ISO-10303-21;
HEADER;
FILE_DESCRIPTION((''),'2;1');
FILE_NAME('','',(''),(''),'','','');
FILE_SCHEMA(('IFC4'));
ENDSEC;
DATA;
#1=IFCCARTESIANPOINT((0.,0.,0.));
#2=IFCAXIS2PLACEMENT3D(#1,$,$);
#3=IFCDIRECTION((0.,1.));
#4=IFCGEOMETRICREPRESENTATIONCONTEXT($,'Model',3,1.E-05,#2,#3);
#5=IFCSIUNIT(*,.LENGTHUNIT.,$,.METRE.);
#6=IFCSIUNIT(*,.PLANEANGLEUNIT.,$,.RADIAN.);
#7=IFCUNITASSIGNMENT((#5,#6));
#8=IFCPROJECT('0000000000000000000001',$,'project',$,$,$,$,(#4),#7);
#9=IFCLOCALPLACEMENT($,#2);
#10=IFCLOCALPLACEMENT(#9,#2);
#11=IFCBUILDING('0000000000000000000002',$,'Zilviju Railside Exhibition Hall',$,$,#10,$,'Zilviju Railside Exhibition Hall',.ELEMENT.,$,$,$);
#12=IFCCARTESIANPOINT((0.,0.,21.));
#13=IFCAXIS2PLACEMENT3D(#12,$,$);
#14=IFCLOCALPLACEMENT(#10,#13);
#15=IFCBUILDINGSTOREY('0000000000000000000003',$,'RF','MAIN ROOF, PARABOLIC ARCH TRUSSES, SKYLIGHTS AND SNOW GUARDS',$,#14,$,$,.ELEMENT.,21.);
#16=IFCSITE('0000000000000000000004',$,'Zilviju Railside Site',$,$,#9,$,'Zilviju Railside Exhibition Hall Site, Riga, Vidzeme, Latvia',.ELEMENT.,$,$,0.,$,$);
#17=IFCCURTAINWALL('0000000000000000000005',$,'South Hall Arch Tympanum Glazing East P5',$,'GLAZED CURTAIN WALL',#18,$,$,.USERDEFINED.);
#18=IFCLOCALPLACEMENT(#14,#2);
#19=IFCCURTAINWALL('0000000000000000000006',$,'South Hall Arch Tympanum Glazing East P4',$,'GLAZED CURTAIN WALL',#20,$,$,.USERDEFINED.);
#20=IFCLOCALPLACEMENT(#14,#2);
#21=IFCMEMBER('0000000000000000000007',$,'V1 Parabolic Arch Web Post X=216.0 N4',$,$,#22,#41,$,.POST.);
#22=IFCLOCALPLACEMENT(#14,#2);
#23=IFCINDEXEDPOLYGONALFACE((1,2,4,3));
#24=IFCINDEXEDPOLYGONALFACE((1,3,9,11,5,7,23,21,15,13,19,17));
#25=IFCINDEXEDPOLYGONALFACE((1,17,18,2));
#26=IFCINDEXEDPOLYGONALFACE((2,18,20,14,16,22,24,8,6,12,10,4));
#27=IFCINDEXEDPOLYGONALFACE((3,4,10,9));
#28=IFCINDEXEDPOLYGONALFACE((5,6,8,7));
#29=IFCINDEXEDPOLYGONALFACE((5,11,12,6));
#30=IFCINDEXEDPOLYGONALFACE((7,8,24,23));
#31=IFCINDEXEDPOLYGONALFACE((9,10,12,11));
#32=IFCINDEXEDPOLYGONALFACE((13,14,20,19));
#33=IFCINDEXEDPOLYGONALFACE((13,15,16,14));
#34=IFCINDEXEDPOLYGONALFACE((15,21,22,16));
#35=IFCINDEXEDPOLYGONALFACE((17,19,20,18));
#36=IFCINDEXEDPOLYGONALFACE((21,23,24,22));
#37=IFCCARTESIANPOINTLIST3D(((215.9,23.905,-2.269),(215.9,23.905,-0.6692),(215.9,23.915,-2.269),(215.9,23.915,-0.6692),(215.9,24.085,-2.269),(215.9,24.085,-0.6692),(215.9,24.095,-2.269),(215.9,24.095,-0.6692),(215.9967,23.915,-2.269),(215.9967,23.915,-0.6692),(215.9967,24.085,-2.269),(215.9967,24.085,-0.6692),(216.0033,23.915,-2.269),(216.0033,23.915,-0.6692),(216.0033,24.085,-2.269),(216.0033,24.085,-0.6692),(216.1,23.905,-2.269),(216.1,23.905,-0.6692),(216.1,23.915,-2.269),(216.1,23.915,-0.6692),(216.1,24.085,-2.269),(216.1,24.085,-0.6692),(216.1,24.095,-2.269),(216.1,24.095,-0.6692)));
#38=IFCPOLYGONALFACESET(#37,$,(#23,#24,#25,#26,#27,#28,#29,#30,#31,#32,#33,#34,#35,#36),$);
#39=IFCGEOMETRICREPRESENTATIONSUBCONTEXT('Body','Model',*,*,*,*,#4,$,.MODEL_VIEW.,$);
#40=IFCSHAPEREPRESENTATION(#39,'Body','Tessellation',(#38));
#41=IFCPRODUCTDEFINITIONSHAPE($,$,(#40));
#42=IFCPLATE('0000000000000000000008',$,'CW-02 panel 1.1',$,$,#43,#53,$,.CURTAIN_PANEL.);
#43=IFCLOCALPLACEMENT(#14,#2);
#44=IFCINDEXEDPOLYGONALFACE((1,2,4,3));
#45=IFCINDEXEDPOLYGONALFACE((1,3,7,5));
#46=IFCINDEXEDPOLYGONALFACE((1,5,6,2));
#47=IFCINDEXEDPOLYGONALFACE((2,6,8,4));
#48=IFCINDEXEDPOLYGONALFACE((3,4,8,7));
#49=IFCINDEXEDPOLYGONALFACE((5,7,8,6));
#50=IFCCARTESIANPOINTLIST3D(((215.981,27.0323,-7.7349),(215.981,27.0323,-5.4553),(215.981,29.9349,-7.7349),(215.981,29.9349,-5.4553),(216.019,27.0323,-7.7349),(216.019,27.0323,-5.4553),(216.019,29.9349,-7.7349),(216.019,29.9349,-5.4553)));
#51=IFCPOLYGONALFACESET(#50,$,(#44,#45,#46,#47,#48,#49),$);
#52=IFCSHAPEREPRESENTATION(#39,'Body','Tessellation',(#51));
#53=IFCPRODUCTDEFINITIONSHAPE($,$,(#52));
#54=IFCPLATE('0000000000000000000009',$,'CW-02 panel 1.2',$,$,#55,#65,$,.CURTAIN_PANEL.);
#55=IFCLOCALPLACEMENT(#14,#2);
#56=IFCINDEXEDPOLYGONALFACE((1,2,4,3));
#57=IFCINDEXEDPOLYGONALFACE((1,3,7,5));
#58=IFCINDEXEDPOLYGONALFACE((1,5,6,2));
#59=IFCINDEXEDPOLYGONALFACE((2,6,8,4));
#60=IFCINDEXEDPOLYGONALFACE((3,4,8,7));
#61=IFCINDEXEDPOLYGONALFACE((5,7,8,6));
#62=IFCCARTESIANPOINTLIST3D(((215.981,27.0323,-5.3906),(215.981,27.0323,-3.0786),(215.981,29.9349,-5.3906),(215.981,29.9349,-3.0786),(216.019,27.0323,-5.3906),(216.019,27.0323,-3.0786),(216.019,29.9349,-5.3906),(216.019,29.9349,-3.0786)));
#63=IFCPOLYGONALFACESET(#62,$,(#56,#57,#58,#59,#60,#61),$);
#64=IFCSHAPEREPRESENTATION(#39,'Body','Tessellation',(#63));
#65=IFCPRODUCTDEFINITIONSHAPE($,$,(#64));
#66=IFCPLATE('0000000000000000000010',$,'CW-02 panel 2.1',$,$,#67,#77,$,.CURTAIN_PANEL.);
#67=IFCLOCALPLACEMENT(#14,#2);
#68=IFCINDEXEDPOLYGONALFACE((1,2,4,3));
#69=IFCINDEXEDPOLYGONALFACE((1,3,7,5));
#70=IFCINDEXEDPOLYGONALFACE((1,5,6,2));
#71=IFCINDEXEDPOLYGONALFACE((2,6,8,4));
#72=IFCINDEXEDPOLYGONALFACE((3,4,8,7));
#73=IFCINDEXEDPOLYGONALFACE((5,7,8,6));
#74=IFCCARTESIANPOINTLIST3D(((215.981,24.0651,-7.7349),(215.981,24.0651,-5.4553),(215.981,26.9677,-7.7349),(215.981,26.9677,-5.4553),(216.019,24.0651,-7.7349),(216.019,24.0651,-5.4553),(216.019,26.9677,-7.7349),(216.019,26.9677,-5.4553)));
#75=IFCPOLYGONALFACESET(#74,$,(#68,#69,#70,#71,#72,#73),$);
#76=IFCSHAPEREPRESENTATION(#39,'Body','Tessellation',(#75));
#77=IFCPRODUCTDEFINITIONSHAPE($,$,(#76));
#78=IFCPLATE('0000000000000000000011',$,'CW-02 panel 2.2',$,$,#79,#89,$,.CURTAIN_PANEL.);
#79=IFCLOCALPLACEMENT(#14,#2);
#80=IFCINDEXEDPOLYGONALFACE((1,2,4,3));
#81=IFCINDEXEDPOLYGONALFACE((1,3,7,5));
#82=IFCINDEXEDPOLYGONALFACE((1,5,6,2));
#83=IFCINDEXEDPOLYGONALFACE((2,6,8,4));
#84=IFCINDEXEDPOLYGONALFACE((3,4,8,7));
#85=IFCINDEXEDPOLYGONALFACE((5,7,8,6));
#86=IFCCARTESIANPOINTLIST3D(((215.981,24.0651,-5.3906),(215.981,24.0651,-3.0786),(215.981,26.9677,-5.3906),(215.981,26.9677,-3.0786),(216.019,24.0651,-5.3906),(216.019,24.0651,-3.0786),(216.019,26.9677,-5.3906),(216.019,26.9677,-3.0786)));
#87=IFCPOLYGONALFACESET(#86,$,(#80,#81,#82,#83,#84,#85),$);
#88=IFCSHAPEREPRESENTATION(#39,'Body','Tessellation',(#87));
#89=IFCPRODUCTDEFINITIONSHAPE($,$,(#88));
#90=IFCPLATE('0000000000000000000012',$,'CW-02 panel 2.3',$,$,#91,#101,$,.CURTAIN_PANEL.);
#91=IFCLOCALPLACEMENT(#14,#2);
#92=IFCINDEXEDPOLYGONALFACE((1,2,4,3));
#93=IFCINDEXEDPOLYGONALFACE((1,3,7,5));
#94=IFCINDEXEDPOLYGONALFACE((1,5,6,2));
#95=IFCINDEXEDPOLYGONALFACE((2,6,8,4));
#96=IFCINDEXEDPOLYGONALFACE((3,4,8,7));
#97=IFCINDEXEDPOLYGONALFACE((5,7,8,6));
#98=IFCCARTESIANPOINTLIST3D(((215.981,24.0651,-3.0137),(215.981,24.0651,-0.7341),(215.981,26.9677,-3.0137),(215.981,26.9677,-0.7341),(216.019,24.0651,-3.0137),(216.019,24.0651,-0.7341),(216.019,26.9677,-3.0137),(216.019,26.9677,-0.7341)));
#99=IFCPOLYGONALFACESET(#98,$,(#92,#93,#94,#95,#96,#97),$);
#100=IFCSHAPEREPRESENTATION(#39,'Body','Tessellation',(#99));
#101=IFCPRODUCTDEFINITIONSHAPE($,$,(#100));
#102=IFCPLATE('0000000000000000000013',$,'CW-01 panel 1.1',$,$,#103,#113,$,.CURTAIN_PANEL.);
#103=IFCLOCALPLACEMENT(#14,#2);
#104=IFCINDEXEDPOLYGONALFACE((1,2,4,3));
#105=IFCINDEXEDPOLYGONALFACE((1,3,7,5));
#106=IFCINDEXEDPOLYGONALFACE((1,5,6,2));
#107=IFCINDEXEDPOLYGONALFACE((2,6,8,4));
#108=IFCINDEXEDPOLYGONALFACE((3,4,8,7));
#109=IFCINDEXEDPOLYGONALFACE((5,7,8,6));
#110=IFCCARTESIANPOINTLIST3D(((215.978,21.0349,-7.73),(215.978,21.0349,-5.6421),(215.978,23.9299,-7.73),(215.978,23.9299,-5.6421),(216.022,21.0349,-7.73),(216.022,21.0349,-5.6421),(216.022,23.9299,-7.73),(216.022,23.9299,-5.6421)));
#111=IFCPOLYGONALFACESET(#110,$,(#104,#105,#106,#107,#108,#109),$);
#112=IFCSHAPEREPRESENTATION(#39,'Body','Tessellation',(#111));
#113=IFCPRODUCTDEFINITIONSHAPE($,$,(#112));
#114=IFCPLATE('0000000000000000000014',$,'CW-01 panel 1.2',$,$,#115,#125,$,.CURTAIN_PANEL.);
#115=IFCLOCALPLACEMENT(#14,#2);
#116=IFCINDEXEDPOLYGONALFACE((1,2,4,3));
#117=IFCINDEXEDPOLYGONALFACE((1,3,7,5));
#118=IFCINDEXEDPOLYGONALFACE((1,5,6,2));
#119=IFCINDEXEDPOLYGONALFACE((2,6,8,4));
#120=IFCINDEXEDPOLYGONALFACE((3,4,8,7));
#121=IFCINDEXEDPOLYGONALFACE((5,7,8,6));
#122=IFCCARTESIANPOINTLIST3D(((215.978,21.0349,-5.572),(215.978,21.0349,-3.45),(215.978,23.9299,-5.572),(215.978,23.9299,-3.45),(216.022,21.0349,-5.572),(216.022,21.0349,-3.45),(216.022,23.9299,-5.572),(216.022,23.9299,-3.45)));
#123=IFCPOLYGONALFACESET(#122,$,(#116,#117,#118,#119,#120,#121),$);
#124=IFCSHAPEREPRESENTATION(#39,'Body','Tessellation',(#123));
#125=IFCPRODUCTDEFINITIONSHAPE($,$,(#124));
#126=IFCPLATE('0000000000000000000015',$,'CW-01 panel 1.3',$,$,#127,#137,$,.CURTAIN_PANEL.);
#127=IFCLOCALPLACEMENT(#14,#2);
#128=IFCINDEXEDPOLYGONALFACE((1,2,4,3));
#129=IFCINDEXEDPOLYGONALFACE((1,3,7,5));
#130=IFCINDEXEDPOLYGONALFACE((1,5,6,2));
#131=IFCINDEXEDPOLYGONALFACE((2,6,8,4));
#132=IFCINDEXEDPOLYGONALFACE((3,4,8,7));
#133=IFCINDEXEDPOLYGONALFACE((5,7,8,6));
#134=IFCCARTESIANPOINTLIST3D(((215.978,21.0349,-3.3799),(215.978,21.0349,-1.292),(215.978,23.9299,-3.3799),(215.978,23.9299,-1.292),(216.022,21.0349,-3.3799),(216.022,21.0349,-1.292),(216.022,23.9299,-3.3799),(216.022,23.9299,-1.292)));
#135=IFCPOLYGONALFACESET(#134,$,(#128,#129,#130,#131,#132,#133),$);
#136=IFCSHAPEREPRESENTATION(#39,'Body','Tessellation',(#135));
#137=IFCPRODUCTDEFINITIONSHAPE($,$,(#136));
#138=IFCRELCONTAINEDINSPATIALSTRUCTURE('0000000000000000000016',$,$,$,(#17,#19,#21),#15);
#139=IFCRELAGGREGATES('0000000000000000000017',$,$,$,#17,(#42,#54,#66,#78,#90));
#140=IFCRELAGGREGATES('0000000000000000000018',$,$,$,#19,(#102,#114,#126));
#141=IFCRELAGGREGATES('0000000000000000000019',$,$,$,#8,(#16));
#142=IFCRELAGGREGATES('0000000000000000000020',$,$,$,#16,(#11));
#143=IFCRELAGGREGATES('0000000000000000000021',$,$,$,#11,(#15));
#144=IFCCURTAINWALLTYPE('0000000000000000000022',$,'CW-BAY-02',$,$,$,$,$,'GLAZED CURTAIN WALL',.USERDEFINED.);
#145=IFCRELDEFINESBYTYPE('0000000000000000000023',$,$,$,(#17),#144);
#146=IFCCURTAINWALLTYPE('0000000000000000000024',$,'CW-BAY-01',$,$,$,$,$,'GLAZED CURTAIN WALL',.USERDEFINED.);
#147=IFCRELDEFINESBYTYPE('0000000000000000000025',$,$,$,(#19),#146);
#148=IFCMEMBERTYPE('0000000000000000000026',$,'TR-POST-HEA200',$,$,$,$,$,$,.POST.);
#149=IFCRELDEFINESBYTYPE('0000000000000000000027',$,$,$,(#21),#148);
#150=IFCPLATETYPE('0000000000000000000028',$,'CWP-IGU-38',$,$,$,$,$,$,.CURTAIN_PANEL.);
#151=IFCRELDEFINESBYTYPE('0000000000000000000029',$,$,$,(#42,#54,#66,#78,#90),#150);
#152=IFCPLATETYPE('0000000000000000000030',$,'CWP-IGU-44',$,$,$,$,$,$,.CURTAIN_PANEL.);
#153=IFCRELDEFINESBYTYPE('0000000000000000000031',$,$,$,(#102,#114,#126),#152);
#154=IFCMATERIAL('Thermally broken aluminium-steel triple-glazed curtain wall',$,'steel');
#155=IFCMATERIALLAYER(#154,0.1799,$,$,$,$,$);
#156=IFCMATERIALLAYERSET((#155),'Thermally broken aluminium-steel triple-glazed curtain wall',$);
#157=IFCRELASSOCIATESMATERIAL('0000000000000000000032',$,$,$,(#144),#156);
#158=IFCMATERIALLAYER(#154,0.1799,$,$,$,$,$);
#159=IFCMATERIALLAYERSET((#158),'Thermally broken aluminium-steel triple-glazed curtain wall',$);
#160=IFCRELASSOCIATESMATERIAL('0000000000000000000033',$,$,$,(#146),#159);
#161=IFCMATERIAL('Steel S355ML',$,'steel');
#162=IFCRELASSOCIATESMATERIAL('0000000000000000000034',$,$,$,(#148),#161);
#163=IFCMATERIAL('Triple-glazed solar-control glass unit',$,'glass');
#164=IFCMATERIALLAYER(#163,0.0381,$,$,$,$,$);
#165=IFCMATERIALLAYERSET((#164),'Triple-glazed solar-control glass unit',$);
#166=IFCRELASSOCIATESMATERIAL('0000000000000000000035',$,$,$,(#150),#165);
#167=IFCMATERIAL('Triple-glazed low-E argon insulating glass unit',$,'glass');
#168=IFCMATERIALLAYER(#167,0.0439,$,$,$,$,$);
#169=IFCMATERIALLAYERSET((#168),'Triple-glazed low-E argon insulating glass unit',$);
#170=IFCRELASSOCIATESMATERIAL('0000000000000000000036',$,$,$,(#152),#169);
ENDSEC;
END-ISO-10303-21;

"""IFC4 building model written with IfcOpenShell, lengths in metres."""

from ifc_helpers import new_model, si_unit, direction, frame, origin, origin_2d, place, context, subcontext, project, spatial, rectangle, i_section, extrude, material, layer, layer_set, material_profile, profile_set, type_object, element, aggregate, save


model = new_model("IFC4")

# Units and contexts
model_context = context("Model", 3, precision=1e-05, world=origin(), true_north=direction((0.0, 1.0)))
body_context = subcontext(model_context, "Body", "Model", "MODEL_VIEW")
ifc_project = project(units=[si_unit("LENGTHUNIT", "METRE"), si_unit("PLANEANGLEUNIT", "RADIAN")], contexts=[model_context])

# Site, building, storey
site_placement = place(None, origin())
site = spatial("IfcSite", under=ifc_project, at=site_placement, Name="Zilviju Railside Site", LongName="Zilviju Railside Exhibition Hall Site, Riga, Vidzeme, Latvia", CompositionType="ELEMENT", RefElevation=0.0)
building_placement = place(site_placement, origin())
building = spatial("IfcBuilding", under=site, at=building_placement, Name="Zilviju Railside Exhibition Hall", LongName="Zilviju Railside Exhibition Hall", CompositionType="ELEMENT")
storey_placement = place(building_placement, frame((0.0, 0.0, 21.0)))
storey = spatial("IfcBuildingStorey", under=building, at=storey_placement, Name="RF", Description="MAIN ROOF, PARABOLIC ARCH TRUSSES, SKYLIGHTS AND SNOW GUARDS", CompositionType="ELEMENT", Elevation=21.0)

# Curtain walls
ifc_material_1 = material(Name="Thermally broken aluminium-steel triple-glazed curtain wall", Category="steel")
ifc_layer_1 = layer(ifc_material_1, 0.1799)
ifc_layer_set_1 = layer_set([ifc_layer_1], Name="Thermally broken aluminium-steel triple-glazed curtain wall")
curtain_wall_type_1 = type_object("IfcCurtainWallType", Name="CW-BAY-02", ElementType="GLAZED CURTAIN WALL", PredefinedType="USERDEFINED", material=ifc_layer_set_1)
curtain_wall_1_placement = place(storey_placement, origin())
curtain_wall_1 = element("IfcCurtainWall", 1, at=curtain_wall_1_placement, inside=storey, type_object=curtain_wall_type_1, Name="South Hall Arch Tympanum Glazing East P5", ObjectType="GLAZED CURTAIN WALL", PredefinedType="USERDEFINED")
ifc_layer_2 = layer(ifc_material_1, 0.1799)
ifc_layer_set_2 = layer_set([ifc_layer_2], Name="Thermally broken aluminium-steel triple-glazed curtain wall")
curtain_wall_type_2 = type_object("IfcCurtainWallType", Name="CW-BAY-01", ElementType="GLAZED CURTAIN WALL", PredefinedType="USERDEFINED", material=ifc_layer_set_2)
curtain_wall_2_placement = place(storey_placement, origin())
curtain_wall_2 = element("IfcCurtainWall", 2, at=curtain_wall_2_placement, inside=storey, type_object=curtain_wall_type_2, Name="South Hall Arch Tympanum Glazing East P4", ObjectType="GLAZED CURTAIN WALL", PredefinedType="USERDEFINED")

# Member
ifc_material_2 = material(Name="Steel S355ML", Category="steel")
ifc_material_profile_1 = material_profile(ifc_material_2, i_section(OverallWidth=0.2, OverallDepth=0.1899, WebThickness=0.0066, FlangeThickness=0.01, at=origin_2d()), Name="HEA 200")
ifc_profile_set_1 = profile_set([ifc_material_profile_1], Name="Steel S355ML")
member_type_1 = type_object("IfcMemberType", Name="TR-POST-HEA200", PredefinedType="POST", material=ifc_profile_set_1)
member_1_placement = place(storey_placement, frame((216.0, 24.0, -2.269), z_axis=(0.0, 0.0, 1.0), x_axis=(1.0, 0.0, 0.0)))
element("IfcMember", 3, at=member_1_placement, inside=storey, type_object=member_type_1, Name="V1 Parabolic Arch Web Post X=216.0 N4", PredefinedType="POST", context=body_context, shape_type="SweptSolid", body=[
    extrude(i_section(OverallWidth=0.2, OverallDepth=0.1899, WebThickness=0.0066, FlangeThickness=0.01, at=origin_2d()), origin(), (0.0, 0.0, 1.0), 1.5999),
])

# Plates
ifc_material_3 = material(Name="Triple-glazed solar-control glass unit", Category="glass")
ifc_layer_3 = layer(ifc_material_3, 0.0381)
ifc_layer_set_3 = layer_set([ifc_layer_3], Name="Triple-glazed solar-control glass unit")
plate_type_1 = type_object("IfcPlateType", Name="CWP-IGU-38", PredefinedType="CURTAIN_PANEL", material=ifc_layer_set_3)
plate_1_placement = place(storey_placement, frame((216.0, 28.4836, -7.7349), z_axis=(0.0, 0.0, 1.0), x_axis=(0.0, -1.0, 0.0)))
plate_1 = element("IfcPlate", 4, at=plate_1_placement, type_object=plate_type_1, Name="CW-02 panel 1.1", PredefinedType="CURTAIN_PANEL", context=body_context, shape_type="SweptSolid", body=[
    extrude(rectangle(XDim=2.9026, YDim=0.0381, at=origin_2d()), origin(), (0.0, 0.0, 1.0), 2.2795),
])
plate_2_placement = place(storey_placement, frame((216.0, 28.4836, -5.3906), z_axis=(0.0, 0.0, 1.0), x_axis=(0.0, -1.0, 0.0)))
plate_2 = element("IfcPlate", 5, at=plate_2_placement, type_object=plate_type_1, Name="CW-02 panel 1.2", PredefinedType="CURTAIN_PANEL", context=body_context, shape_type="SweptSolid", body=[
    extrude(rectangle(XDim=2.9026, YDim=0.0381, at=origin_2d()), origin(), (0.0, 0.0, 1.0), 2.312),
])
plate_3_placement = place(storey_placement, frame((216.0, 25.5164, -7.7349), z_axis=(0.0, 0.0, 1.0), x_axis=(0.0, -1.0, 0.0)))
plate_3 = element("IfcPlate", 6, at=plate_3_placement, type_object=plate_type_1, Name="CW-02 panel 2.1", PredefinedType="CURTAIN_PANEL", context=body_context, shape_type="SweptSolid", body=[
    extrude(rectangle(XDim=2.9026, YDim=0.0381, at=origin_2d()), origin(), (0.0, 0.0, 1.0), 2.2795),
])
plate_4_placement = place(storey_placement, frame((216.0, 25.5164, -5.3906), z_axis=(0.0, 0.0, 1.0), x_axis=(0.0, -1.0, 0.0)))
plate_4 = element("IfcPlate", 7, at=plate_4_placement, type_object=plate_type_1, Name="CW-02 panel 2.2", PredefinedType="CURTAIN_PANEL", context=body_context, shape_type="SweptSolid", body=[
    extrude(rectangle(XDim=2.9026, YDim=0.0381, at=origin_2d()), origin(), (0.0, 0.0, 1.0), 2.312),
])
plate_5_placement = place(storey_placement, frame((216.0, 25.5164, -3.0137), z_axis=(0.0, 0.0, 1.0), x_axis=(0.0, -1.0, 0.0)))
plate_5 = element("IfcPlate", 8, at=plate_5_placement, type_object=plate_type_1, Name="CW-02 panel 2.3", PredefinedType="CURTAIN_PANEL", context=body_context, shape_type="SweptSolid", body=[
    extrude(rectangle(XDim=2.9026, YDim=0.0381, at=origin_2d()), origin(), (0.0, 0.0, 1.0), 2.2795),
])
aggregate(curtain_wall_1, [plate_1, plate_2, plate_3, plate_4, plate_5])
ifc_material_4 = material(Name="Triple-glazed low-E argon insulating glass unit", Category="glass")
ifc_layer_4 = layer(ifc_material_4, 0.0439)
ifc_layer_set_4 = layer_set([ifc_layer_4], Name="Triple-glazed low-E argon insulating glass unit")
plate_type_2 = type_object("IfcPlateType", Name="CWP-IGU-44", PredefinedType="CURTAIN_PANEL", material=ifc_layer_set_4)
plate_6_placement = place(storey_placement, frame((216.0, 22.4824, -7.73), z_axis=(0.0, 0.0, 1.0), x_axis=(0.0, -1.0, 0.0)))
plate_6 = element("IfcPlate", 9, at=plate_6_placement, type_object=plate_type_2, Name="CW-01 panel 1.1", PredefinedType="CURTAIN_PANEL", context=body_context, shape_type="SweptSolid", body=[
    extrude(rectangle(XDim=2.895, YDim=0.0439, at=origin_2d()), origin(), (0.0, 0.0, 1.0), 2.0879),
])
plate_7_placement = place(storey_placement, frame((216.0, 22.4824, -5.572), z_axis=(0.0, 0.0, 1.0), x_axis=(0.0, -1.0, 0.0)))
plate_7 = element("IfcPlate", 10, at=plate_7_placement, type_object=plate_type_2, Name="CW-01 panel 1.2", PredefinedType="CURTAIN_PANEL", context=body_context, shape_type="SweptSolid", body=[
    extrude(rectangle(XDim=2.895, YDim=0.0439, at=origin_2d()), origin(), (0.0, 0.0, 1.0), 2.1221),
])
plate_8_placement = place(storey_placement, frame((216.0, 22.4824, -3.3799), z_axis=(0.0, 0.0, 1.0), x_axis=(0.0, -1.0, 0.0)))
plate_8 = element("IfcPlate", 11, at=plate_8_placement, type_object=plate_type_2, Name="CW-01 panel 1.3", PredefinedType="CURTAIN_PANEL", context=body_context, shape_type="SweptSolid", body=[
    extrude(rectangle(XDim=2.895, YDim=0.0439, at=origin_2d()), origin(), (0.0, 0.0, 1.0), 2.0879),
])
aggregate(curtain_wall_2, [plate_6, plate_7, plate_8])

save(model, "model.ifc")
